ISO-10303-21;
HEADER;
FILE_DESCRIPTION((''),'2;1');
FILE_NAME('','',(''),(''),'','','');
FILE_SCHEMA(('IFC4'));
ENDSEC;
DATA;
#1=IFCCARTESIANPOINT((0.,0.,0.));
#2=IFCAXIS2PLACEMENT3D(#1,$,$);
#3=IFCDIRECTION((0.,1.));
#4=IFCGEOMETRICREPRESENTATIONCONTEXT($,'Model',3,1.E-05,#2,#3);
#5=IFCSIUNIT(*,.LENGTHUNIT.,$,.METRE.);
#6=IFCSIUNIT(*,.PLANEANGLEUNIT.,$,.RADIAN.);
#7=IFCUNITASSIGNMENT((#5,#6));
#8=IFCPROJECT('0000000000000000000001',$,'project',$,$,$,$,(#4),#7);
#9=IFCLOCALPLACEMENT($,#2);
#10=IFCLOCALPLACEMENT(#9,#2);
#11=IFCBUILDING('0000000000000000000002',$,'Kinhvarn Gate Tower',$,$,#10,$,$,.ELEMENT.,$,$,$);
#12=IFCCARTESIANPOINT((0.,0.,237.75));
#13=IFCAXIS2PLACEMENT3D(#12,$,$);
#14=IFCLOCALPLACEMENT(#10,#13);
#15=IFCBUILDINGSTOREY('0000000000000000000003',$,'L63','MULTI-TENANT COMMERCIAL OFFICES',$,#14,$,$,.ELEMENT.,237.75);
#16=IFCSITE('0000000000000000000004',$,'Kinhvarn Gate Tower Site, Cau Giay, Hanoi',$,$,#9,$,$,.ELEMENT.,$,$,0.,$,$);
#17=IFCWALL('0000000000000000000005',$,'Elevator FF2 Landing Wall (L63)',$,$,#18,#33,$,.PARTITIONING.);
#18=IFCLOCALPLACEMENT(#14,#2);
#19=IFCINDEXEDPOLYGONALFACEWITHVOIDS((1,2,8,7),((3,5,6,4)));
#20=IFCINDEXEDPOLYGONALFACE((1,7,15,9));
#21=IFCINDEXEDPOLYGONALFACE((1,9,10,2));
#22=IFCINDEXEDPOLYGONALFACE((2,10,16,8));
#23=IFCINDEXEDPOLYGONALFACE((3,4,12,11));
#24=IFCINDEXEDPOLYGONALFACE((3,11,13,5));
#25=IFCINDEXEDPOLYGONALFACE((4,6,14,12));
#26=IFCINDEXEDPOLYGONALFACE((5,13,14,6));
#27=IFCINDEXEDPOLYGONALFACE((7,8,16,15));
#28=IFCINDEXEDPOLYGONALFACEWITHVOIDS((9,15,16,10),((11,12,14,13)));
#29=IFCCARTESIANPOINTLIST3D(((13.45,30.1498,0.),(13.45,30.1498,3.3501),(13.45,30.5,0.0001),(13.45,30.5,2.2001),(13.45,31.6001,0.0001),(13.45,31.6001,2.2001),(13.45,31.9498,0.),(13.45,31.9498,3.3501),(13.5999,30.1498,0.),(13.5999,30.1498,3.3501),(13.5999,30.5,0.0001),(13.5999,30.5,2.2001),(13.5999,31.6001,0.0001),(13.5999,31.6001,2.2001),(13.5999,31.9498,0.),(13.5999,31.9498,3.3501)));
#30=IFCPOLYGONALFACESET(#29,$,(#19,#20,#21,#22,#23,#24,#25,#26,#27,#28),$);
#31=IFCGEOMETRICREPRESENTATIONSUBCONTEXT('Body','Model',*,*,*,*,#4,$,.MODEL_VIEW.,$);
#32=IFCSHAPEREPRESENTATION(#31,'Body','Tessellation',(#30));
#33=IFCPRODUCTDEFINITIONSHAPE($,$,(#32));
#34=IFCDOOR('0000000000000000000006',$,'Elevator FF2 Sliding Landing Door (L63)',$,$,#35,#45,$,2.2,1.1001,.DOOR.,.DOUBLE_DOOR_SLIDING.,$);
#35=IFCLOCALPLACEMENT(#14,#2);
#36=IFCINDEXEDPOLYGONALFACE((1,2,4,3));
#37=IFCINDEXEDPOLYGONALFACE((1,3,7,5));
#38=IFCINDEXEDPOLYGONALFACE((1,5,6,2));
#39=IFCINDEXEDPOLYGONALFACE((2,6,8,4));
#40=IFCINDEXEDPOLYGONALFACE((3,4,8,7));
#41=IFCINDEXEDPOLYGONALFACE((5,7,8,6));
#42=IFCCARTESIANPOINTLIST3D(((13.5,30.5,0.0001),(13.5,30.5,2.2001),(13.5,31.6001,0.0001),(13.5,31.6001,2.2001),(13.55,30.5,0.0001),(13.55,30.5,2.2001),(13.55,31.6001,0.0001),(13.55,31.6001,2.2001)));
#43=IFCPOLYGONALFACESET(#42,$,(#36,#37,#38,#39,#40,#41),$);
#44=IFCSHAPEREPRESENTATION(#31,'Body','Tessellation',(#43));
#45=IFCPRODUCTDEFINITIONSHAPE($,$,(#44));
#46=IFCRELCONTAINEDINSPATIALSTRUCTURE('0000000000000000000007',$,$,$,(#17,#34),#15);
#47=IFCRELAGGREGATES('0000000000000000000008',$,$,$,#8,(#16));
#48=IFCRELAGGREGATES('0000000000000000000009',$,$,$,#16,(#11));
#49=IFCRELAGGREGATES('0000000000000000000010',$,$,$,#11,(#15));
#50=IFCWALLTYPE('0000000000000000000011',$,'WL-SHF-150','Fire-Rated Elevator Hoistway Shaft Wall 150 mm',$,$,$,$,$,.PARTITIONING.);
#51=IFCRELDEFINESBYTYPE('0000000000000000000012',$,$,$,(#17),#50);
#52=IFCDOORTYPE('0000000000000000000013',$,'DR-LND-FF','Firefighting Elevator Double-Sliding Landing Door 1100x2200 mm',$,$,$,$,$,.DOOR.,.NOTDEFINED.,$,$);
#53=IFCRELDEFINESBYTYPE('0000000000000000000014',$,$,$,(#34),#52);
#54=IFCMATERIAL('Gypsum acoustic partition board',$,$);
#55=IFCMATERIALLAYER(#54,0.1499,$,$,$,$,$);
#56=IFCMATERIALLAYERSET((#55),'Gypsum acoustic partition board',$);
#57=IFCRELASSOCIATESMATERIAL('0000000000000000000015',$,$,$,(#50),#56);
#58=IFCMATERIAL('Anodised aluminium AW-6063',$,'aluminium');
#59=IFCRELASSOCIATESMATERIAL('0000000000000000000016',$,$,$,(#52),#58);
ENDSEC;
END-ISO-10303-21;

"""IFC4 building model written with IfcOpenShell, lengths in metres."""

from ifc_helpers import new_model, si_unit, direction, frame, frame_2d, origin, place, context, subcontext, project, spatial, rectangle, extrude, material, layer, layer_set, type_object, element, fill, save


model = new_model("IFC4")

# Units and contexts
model_context = context("Model", 3, precision=1e-05, world=origin(), true_north=direction((0.0, 1.0)))
body_context = subcontext(model_context, "Body", "Model", "MODEL_VIEW")
ifc_project = project(units=[si_unit("LENGTHUNIT", "METRE"), si_unit("PLANEANGLEUNIT", "RADIAN")], contexts=[model_context])

# Site, building, storey
site_placement = place(None, origin())
site = spatial("IfcSite", under=ifc_project, at=site_placement, Name="Kinhvarn Gate Tower Site, Cau Giay, Hanoi", CompositionType="ELEMENT", RefElevation=0.0)
building_placement = place(site_placement, origin())
building = spatial("IfcBuilding", under=site, at=building_placement, Name="Kinhvarn Gate Tower", CompositionType="ELEMENT")
storey_placement = place(building_placement, frame((0.0, 0.0, 237.75)))
storey = spatial("IfcBuildingStorey", under=building, at=storey_placement, Name="L63", Description="MULTI-TENANT COMMERCIAL OFFICES", CompositionType="ELEMENT", Elevation=237.75)

# Shared definitions
ifc_material_1 = material(Name="Anodised aluminium AW-6063", Category="aluminium")

# Shared definitions
ifc_material_2 = material(Name="Gypsum acoustic partition board")

# Shared definitions
ifc_layer_1 = layer(ifc_material_2, 0.1499)
ifc_layer_set_1 = layer_set([ifc_layer_1], Name="Gypsum acoustic partition board")
wall_type_1 = type_object("IfcWallType", Name="WL-SHF-150", Description="Fire-Rated Elevator Hoistway Shaft Wall 150 mm", PredefinedType="PARTITIONING", material=ifc_layer_set_1)

# Wall, opening, door
wall_1_placement = place(storey_placement, frame((13.5249, 30.1499, 0.0), z_axis=(0.0, 0.0, 1.0), x_axis=(0.0, 1.0, 0.0)))
wall_1 = element("IfcWall", 1, at=wall_1_placement, inside=storey, type_object=wall_type_1, Name="Elevator FF2 Landing Wall (L63)", PredefinedType="PARTITIONING", context=body_context, shape_type="SweptSolid", body=[
    extrude(rectangle(XDim=1.8, YDim=0.1499, at=frame_2d((0.8999, 0.0))), origin(), (0.0, 0.0, 1.0), 3.3501),
])
opening_1_placement = place(wall_1_placement, frame((0.3501, 0.0, 0.0)))
opening_1 = element("IfcOpeningElement", 2, at=opening_1_placement, cuts=wall_1, PredefinedType="OPENING", context=body_context, shape_type="SweptSolid", body=[
    extrude(rectangle(XDim=1.1001, YDim=2.2, at=frame_2d((0.55, 1.1001))), frame((0.0, 0.085, 0.0), z_axis=(0.0, -1.0, 0.0), x_axis=(1.0, 0.0, 0.0)), (0.0, 0.0, 1.0), 0.1699),
])
door_type_1 = type_object("IfcDoorType", Name="DR-LND-FF", Description="Firefighting Elevator Double-Sliding Landing Door 1100x2200 mm", OperationType="NOTDEFINED", PredefinedType="DOOR", material=ifc_material_1)
door_1_placement = place(opening_1_placement, origin())
door_1 = element("IfcDoor", 3, at=door_1_placement, inside=storey, type_object=door_type_1, Name="Elevator FF2 Sliding Landing Door (L63)", OperationType="DOUBLE_DOOR_SLIDING", OverallHeight=2.2, OverallWidth=1.1001, PredefinedType="DOOR", context=body_context, shape_type="SweptSolid", body=[
    extrude(rectangle(XDim=1.1001, YDim=2.2, at=frame_2d((0.55, 1.1001))), frame((0.0, 0.0249, 0.0), z_axis=(0.0, -1.0, 0.0), x_axis=(1.0, 0.0, 0.0)), (0.0, 0.0, 1.0), 0.05),
])
fill(opening_1, door_1)

save(model, "model.ifc")
